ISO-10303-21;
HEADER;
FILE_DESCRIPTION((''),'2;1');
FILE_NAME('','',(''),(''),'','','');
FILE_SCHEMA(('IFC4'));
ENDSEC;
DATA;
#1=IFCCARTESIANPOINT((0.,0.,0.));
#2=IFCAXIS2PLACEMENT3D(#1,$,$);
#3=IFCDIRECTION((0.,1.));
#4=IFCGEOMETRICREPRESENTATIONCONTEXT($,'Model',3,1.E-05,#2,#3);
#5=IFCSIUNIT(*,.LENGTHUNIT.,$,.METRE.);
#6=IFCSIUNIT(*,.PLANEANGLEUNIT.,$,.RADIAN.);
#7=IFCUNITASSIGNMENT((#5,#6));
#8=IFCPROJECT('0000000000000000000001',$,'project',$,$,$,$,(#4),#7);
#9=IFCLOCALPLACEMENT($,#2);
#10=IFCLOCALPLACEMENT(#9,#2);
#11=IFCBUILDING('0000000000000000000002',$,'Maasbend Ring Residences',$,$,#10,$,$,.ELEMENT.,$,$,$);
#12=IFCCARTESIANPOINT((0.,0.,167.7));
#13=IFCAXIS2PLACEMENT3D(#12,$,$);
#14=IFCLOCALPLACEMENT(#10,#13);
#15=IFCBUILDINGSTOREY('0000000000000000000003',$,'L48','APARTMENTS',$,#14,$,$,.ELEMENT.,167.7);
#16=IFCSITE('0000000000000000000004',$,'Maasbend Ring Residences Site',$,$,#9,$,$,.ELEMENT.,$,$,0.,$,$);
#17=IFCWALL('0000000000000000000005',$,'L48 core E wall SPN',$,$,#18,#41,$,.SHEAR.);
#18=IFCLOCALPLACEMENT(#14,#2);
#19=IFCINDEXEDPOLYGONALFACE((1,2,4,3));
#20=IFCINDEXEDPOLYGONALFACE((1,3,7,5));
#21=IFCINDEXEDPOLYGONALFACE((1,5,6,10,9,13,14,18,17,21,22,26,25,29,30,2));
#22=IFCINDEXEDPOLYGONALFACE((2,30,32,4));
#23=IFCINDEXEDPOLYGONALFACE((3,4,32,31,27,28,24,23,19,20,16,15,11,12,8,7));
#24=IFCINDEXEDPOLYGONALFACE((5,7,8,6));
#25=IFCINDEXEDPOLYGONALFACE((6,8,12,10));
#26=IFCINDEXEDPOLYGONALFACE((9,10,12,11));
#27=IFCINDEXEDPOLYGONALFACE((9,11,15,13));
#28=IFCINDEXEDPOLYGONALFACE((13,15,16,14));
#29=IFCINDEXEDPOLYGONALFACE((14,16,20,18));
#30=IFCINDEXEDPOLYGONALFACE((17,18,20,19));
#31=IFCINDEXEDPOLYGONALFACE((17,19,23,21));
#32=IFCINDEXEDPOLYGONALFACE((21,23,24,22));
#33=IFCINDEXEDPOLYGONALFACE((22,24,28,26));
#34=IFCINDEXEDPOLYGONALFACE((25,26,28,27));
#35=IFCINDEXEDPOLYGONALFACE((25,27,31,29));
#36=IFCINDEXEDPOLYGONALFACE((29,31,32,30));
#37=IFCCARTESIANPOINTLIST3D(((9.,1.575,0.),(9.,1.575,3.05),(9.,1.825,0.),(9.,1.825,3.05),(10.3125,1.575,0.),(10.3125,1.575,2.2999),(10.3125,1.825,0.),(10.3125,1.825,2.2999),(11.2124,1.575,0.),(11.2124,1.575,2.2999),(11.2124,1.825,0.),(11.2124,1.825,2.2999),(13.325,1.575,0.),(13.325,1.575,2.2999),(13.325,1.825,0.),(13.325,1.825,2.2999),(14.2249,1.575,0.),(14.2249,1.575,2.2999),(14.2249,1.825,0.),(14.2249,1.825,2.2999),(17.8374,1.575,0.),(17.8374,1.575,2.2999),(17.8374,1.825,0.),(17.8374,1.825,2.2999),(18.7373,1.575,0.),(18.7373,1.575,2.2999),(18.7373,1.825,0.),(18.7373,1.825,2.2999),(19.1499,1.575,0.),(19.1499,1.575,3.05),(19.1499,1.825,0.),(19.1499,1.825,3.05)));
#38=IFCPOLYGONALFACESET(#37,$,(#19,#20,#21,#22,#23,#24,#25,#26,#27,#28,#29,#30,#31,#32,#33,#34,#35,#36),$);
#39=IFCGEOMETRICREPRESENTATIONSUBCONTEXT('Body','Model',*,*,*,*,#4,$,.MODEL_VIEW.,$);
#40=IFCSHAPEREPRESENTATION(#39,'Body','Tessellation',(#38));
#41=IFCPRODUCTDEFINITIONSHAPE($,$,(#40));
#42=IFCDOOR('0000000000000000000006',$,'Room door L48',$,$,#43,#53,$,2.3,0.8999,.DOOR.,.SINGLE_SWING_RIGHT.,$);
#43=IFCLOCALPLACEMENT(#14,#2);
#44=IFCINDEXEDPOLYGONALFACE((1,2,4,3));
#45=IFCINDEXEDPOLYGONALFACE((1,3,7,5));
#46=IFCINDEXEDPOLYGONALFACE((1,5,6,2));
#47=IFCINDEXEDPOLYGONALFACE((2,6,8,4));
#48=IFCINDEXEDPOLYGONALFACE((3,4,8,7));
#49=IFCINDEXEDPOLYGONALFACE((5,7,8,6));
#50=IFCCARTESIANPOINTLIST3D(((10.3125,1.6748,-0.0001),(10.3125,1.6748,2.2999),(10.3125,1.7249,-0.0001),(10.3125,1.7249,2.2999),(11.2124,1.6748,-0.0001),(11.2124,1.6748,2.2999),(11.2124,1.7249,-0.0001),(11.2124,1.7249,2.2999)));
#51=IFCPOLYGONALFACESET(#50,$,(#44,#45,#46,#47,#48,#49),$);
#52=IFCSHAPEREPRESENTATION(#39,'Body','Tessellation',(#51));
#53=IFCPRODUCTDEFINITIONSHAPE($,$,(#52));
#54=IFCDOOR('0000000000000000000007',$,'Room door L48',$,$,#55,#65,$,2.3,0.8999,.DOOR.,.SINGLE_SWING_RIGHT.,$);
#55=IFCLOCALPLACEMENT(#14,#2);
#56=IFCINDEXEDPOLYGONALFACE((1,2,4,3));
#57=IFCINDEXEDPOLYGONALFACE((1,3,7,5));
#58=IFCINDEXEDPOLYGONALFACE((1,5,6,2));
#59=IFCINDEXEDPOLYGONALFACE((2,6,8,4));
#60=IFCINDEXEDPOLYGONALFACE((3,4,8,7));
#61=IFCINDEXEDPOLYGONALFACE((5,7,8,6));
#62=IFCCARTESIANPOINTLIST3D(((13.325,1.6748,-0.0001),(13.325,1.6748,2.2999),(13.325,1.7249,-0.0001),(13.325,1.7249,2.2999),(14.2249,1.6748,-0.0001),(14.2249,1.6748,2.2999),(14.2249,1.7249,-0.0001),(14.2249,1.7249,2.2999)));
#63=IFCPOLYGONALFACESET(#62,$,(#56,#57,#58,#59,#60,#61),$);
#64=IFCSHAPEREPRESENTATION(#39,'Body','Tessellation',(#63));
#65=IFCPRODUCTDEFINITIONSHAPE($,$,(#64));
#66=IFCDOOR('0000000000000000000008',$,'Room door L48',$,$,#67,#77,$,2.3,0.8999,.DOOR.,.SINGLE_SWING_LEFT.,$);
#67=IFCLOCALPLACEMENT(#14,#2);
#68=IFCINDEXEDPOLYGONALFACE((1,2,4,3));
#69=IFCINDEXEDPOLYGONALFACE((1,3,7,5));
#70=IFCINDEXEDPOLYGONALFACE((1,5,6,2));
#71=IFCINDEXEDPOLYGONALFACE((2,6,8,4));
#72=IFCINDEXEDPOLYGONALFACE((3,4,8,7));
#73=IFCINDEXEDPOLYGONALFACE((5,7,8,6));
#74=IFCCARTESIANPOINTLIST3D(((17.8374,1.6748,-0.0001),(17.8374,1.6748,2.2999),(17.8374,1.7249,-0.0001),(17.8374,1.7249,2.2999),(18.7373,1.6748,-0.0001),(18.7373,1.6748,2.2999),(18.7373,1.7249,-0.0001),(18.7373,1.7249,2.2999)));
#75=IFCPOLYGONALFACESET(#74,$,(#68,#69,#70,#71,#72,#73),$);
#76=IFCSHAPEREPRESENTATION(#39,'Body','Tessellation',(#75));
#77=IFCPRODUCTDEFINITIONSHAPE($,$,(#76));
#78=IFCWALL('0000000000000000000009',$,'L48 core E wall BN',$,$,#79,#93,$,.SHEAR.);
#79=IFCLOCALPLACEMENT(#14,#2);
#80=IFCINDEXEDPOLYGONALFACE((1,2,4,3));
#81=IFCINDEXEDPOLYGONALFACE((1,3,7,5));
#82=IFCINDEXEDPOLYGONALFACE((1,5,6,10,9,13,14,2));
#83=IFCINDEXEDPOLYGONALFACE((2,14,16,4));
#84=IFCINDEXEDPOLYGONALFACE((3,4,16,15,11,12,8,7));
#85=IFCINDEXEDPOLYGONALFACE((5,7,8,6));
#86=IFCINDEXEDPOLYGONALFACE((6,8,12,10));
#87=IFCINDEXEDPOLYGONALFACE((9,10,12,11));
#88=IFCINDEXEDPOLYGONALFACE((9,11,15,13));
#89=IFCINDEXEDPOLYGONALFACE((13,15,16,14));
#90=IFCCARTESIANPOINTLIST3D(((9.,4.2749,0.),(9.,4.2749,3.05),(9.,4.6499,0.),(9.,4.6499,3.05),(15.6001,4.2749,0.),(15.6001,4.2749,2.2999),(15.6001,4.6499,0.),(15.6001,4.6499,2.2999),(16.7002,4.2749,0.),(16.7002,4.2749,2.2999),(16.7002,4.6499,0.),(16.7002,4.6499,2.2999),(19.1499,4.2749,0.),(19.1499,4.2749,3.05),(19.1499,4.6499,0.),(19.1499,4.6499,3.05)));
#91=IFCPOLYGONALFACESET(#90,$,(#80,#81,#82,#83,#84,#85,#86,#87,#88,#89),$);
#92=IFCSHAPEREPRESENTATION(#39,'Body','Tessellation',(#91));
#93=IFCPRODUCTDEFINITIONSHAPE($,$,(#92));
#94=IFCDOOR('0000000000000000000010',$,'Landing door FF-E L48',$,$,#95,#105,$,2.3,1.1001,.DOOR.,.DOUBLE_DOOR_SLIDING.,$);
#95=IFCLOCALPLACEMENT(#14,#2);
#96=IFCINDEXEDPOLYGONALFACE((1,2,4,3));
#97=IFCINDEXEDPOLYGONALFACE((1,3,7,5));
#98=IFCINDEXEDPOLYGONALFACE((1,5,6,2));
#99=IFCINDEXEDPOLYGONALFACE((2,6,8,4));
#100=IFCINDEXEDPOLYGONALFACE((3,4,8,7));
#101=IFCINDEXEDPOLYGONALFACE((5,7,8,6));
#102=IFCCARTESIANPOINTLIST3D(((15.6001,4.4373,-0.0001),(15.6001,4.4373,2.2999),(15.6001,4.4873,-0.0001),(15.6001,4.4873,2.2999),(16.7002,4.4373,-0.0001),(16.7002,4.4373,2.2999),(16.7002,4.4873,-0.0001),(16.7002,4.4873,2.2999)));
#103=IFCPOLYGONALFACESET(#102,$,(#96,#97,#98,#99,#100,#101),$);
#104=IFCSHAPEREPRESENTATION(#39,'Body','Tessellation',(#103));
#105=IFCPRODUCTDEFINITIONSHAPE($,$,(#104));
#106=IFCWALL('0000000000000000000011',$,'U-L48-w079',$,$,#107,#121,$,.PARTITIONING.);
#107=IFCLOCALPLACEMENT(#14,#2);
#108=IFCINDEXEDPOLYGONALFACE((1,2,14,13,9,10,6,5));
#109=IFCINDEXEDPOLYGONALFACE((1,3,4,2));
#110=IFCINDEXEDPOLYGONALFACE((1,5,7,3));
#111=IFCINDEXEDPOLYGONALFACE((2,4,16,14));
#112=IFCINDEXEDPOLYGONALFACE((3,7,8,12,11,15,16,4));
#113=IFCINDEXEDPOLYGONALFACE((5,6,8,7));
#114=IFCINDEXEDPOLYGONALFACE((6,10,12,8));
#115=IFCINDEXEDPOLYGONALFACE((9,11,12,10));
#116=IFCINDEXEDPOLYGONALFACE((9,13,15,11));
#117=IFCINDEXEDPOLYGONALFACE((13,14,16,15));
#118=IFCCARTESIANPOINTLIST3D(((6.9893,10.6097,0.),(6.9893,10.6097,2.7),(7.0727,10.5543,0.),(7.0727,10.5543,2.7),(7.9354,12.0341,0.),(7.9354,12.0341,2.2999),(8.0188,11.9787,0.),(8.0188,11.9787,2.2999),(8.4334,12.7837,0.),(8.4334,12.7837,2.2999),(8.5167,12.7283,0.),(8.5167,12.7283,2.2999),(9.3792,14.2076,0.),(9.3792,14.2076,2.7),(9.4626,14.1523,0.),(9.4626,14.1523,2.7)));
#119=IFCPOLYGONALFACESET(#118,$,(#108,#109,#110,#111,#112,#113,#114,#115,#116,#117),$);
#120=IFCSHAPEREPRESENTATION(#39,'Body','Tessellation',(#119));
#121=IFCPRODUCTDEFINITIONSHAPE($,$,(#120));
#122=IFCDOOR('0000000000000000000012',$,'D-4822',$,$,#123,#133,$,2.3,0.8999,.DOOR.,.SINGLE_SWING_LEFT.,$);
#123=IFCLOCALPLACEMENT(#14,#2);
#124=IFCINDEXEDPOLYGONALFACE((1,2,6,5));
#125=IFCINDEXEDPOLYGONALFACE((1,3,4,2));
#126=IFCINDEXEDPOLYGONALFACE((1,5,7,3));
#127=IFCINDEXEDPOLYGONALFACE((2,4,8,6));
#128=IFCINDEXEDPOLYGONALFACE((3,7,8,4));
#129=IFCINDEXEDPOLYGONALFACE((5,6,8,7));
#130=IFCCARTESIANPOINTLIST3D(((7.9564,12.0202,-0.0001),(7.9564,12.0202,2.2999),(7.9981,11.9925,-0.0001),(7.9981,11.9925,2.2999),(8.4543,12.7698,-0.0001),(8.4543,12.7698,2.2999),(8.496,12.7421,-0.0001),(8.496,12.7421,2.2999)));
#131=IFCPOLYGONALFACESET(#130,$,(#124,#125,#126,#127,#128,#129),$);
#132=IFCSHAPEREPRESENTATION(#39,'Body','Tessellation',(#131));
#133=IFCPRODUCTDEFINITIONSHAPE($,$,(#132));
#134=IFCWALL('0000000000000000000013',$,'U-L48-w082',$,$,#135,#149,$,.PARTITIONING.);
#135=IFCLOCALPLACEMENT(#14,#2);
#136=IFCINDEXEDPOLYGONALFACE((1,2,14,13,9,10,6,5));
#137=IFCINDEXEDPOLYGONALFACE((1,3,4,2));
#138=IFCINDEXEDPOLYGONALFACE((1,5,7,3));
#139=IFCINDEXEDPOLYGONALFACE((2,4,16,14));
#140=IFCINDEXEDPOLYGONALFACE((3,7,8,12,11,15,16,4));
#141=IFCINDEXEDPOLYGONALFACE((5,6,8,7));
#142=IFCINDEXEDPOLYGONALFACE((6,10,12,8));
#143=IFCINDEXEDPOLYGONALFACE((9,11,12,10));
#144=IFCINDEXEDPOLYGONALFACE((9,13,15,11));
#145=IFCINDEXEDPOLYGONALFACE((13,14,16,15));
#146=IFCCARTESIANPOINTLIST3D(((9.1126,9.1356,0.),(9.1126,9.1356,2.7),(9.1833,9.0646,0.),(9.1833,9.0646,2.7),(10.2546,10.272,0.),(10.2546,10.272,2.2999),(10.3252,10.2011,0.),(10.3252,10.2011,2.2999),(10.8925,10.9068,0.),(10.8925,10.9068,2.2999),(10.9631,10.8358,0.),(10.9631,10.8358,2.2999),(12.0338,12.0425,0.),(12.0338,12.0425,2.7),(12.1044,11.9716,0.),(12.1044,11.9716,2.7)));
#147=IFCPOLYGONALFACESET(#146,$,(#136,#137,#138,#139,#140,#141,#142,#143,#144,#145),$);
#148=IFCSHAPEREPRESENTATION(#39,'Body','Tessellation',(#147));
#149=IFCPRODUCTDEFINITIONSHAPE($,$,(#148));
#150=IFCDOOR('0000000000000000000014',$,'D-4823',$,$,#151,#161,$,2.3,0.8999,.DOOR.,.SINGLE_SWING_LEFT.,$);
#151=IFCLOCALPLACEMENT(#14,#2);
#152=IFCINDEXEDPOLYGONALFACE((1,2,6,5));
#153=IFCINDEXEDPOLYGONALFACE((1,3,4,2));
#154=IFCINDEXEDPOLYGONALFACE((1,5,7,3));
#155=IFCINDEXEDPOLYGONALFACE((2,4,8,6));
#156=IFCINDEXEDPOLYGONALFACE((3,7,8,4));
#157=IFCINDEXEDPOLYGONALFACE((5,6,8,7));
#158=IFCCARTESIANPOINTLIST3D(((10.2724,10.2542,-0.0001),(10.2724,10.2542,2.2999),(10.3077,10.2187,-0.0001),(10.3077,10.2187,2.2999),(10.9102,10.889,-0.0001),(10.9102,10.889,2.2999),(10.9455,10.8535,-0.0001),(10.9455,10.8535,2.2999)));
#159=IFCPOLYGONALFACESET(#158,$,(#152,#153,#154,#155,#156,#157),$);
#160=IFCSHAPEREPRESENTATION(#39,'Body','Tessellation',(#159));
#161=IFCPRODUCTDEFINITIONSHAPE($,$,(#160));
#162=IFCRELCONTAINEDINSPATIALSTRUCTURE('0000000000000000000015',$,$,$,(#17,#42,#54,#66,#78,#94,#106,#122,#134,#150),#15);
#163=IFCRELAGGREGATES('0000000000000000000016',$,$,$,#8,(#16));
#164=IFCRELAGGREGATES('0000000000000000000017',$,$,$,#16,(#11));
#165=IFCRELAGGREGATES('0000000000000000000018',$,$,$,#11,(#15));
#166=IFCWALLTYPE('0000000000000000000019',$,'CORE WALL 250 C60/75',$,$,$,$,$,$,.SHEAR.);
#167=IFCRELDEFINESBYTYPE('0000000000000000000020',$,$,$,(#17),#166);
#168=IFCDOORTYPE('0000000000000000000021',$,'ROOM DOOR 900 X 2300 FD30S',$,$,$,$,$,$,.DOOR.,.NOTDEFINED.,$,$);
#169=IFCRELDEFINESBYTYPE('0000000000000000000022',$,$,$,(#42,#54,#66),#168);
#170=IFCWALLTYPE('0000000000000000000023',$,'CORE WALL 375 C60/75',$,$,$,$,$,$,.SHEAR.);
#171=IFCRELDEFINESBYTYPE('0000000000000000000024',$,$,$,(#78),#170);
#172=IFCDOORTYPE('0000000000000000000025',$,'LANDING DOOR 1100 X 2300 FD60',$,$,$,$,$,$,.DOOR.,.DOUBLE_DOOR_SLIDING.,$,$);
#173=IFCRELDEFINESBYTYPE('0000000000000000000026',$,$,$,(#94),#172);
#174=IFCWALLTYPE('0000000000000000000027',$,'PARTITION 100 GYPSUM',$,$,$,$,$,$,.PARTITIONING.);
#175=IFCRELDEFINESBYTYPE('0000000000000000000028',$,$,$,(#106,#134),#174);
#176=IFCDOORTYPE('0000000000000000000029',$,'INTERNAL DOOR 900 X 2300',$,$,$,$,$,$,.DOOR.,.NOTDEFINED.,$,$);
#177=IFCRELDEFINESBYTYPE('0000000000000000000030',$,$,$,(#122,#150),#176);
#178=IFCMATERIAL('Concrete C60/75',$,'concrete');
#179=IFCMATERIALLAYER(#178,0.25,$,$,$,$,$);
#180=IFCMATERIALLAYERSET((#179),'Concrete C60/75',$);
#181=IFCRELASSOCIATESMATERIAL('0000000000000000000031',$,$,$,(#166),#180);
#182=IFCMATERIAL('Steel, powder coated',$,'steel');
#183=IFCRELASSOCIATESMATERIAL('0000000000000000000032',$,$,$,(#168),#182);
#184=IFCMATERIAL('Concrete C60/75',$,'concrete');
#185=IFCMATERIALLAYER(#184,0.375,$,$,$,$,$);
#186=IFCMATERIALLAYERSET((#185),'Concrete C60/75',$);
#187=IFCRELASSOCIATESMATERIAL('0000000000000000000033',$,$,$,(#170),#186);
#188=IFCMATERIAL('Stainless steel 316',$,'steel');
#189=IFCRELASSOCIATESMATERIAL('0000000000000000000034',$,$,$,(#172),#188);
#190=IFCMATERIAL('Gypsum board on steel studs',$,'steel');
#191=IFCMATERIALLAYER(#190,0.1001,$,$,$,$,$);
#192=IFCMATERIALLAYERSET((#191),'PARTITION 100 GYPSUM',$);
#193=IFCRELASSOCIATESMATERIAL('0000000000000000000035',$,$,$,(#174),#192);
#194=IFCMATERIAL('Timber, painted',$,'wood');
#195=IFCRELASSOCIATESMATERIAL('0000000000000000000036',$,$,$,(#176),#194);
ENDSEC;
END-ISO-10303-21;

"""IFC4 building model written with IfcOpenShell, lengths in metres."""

from ifc_helpers import new_model, si_unit, direction, frame, frame_2d, origin, place, context, subcontext, project, spatial, rectangle, extrude, material, layer, layer_set, type_object, element, fill, save


model = new_model("IFC4")

# Units and contexts
model_context = context("Model", 3, precision=1e-05, world=origin(), true_north=direction((0.0, 1.0)))
body_context = subcontext(model_context, "Body", "Model", "MODEL_VIEW")
ifc_project = project(units=[si_unit("LENGTHUNIT", "METRE"), si_unit("PLANEANGLEUNIT", "RADIAN")], contexts=[model_context])

# Site, building, storey
site_placement = place(None, origin())
site = spatial("IfcSite", under=ifc_project, at=site_placement, Name="Maasbend Ring Residences Site", CompositionType="ELEMENT", RefElevation=0.0)
building_placement = place(site_placement, origin())
building = spatial("IfcBuilding", under=site, at=building_placement, Name="Maasbend Ring Residences", CompositionType="ELEMENT")
storey_placement = place(building_placement, frame((0.0, 0.0, 167.7)))
storey = spatial("IfcBuildingStorey", under=building, at=storey_placement, Name="L48", Description="APARTMENTS", CompositionType="ELEMENT", Elevation=167.7)

# Wall, openings, doors
ifc_material_1 = material(Name="Concrete C60/75", Category="concrete")
ifc_layer_1 = layer(ifc_material_1, 0.25)
ifc_layer_set_1 = layer_set([ifc_layer_1], Name="Concrete C60/75")
wall_type_1 = type_object("IfcWallType", Name="CORE WALL 250 C60/75", PredefinedType="SHEAR", material=ifc_layer_set_1)
wall_1_placement = place(storey_placement, frame((9.0, 1.7, 0.0), z_axis=(0.0, 0.0, 1.0), x_axis=(1.0, 0.0, 0.0)))
wall_1 = element("IfcWall", 1, at=wall_1_placement, inside=storey, type_object=wall_type_1, Name="L48 core E wall SPN", PredefinedType="SHEAR", context=body_context, shape_type="SweptSolid", body=[
    extrude(rectangle(XDim=10.1499, YDim=0.25, at=frame_2d((5.075, 0.0))), origin(), (0.0, 0.0, 1.0), 3.05),
])
opening_1_placement = place(wall_1_placement, frame((1.3125, 0.0, 0.0)))
opening_1 = element("IfcOpeningElement", 2, at=opening_1_placement, cuts=wall_1, PredefinedType="OPENING", context=body_context, shape_type="SweptSolid", body=[
    extrude(rectangle(XDim=0.8999, YDim=2.3, at=frame_2d((0.45, 1.1499))), frame((0.0, 0.135, 0.0), z_axis=(0.0, -1.0, 0.0), x_axis=(1.0, 0.0, 0.0)), (0.0, 0.0, 1.0), 0.27),
])
opening_2_placement = place(wall_1_placement, frame((4.325, 0.0, 0.0)))
opening_2 = element("IfcOpeningElement", 3, at=opening_2_placement, cuts=wall_1, PredefinedType="OPENING", context=body_context, shape_type="SweptSolid", body=[
    extrude(rectangle(XDim=0.8999, YDim=2.3, at=frame_2d((0.45, 1.1499))), frame((0.0, 0.135, 0.0), z_axis=(0.0, -1.0, 0.0), x_axis=(1.0, 0.0, 0.0)), (0.0, 0.0, 1.0), 0.27),
])
opening_3_placement = place(wall_1_placement, frame((8.8374, 0.0, 0.0)))
opening_3 = element("IfcOpeningElement", 4, at=opening_3_placement, cuts=wall_1, PredefinedType="OPENING", context=body_context, shape_type="SweptSolid", body=[
    extrude(rectangle(XDim=0.8999, YDim=2.3, at=frame_2d((0.45, 1.1499))), frame((0.0, 0.135, 0.0), z_axis=(0.0, -1.0, 0.0), x_axis=(1.0, 0.0, 0.0)), (0.0, 0.0, 1.0), 0.27),
])
ifc_material_2 = material(Name="Steel, powder coated", Category="steel")
door_type_1 = type_object("IfcDoorType", Name="ROOM DOOR 900 X 2300 FD30S", OperationType="NOTDEFINED", PredefinedType="DOOR", material=ifc_material_2)
door_1_placement = place(opening_1_placement, origin())
door_1 = element("IfcDoor", 5, at=door_1_placement, inside=storey, type_object=door_type_1, Name="Room door L48", OperationType="SINGLE_SWING_RIGHT", OverallHeight=2.3, OverallWidth=0.8999, PredefinedType="DOOR", context=body_context, shape_type="SweptSolid", body=[
    extrude(rectangle(XDim=0.8999, YDim=2.3, at=frame_2d((0.45, 1.1499))), frame((0.0, 0.0249, 0.0), z_axis=(0.0, -1.0, 0.0), x_axis=(1.0, 0.0, 0.0)), (0.0, 0.0, 1.0), 0.05),
])
fill(opening_1, door_1)
door_2_placement = place(opening_2_placement, origin())
door_2 = element("IfcDoor", 6, at=door_2_placement, inside=storey, type_object=door_type_1, Name="Room door L48", OperationType="SINGLE_SWING_RIGHT", OverallHeight=2.3, OverallWidth=0.8999, PredefinedType="DOOR", context=body_context, shape_type="SweptSolid", body=[
    extrude(rectangle(XDim=0.8999, YDim=2.3, at=frame_2d((0.45, 1.1499))), frame((0.0, 0.0249, 0.0), z_axis=(0.0, -1.0, 0.0), x_axis=(1.0, 0.0, 0.0)), (0.0, 0.0, 1.0), 0.05),
])
fill(opening_2, door_2)
door_3_placement = place(opening_3_placement, origin())
door_3 = element("IfcDoor", 7, at=door_3_placement, inside=storey, type_object=door_type_1, Name="Room door L48", OperationType="SINGLE_SWING_LEFT", OverallHeight=2.3, OverallWidth=0.8999, PredefinedType="DOOR", context=body_context, shape_type="SweptSolid", body=[
    extrude(rectangle(XDim=0.8999, YDim=2.3, at=frame_2d((0.45, 1.1499))), frame((0.0, 0.0249, 0.0), z_axis=(0.0, -1.0, 0.0), x_axis=(1.0, 0.0, 0.0)), (0.0, 0.0, 1.0), 0.05),
])
fill(opening_3, door_3)

# Walls, openings, doors
ifc_material_3 = material(Name="Concrete C60/75", Category="concrete")
ifc_layer_2 = layer(ifc_material_3, 0.375)
ifc_layer_set_2 = layer_set([ifc_layer_2], Name="Concrete C60/75")
wall_type_2 = type_object("IfcWallType", Name="CORE WALL 375 C60/75", PredefinedType="SHEAR", material=ifc_layer_set_2)
wall_2_placement = place(storey_placement, frame((9.0, 4.4624, 0.0), z_axis=(0.0, 0.0, 1.0), x_axis=(1.0, 0.0, 0.0)))
wall_2 = element("IfcWall", 8, at=wall_2_placement, inside=storey, type_object=wall_type_2, Name="L48 core E wall BN", PredefinedType="SHEAR", context=body_context, shape_type="SweptSolid", body=[
    extrude(rectangle(XDim=10.1499, YDim=0.375, at=frame_2d((5.075, 0.0))), origin(), (0.0, 0.0, 1.0), 3.05),
])
opening_4_placement = place(wall_2_placement, frame((6.6001, 0.0, 0.0)))
opening_4 = element("IfcOpeningElement", 9, at=opening_4_placement, cuts=wall_2, PredefinedType="OPENING", context=body_context, shape_type="SweptSolid", body=[
    extrude(rectangle(XDim=1.1001, YDim=2.3, at=frame_2d((0.55, 1.1499))), frame((0.0, 0.1975, 0.0), z_axis=(0.0, -1.0, 0.0), x_axis=(1.0, 0.0, 0.0)), (0.0, 0.0, 1.0), 0.395),
])
ifc_material_4 = material(Name="Stainless steel 316", Category="steel")
door_type_2 = type_object("IfcDoorType", Name="LANDING DOOR 1100 X 2300 FD60", OperationType="DOUBLE_DOOR_SLIDING", PredefinedType="DOOR", material=ifc_material_4)
door_4_placement = place(opening_4_placement, origin())
door_4 = element("IfcDoor", 10, at=door_4_placement, inside=storey, type_object=door_type_2, Name="Landing door FF-E L48", OperationType="DOUBLE_DOOR_SLIDING", OverallHeight=2.3, OverallWidth=1.1001, PredefinedType="DOOR", context=body_context, shape_type="SweptSolid", body=[
    extrude(rectangle(XDim=1.1001, YDim=2.3, at=frame_2d((0.55, 1.1499))), frame((0.0, 0.0249, 0.0), z_axis=(0.0, -1.0, 0.0), x_axis=(1.0, 0.0, 0.0)), (0.0, 0.0, 1.0), 0.05),
])
fill(opening_4, door_4)
ifc_material_5 = material(Name="Gypsum board on steel studs", Category="steel")
ifc_layer_3 = layer(ifc_material_5, 0.1001)
ifc_layer_set_3 = layer_set([ifc_layer_3], Name="PARTITION 100 GYPSUM")
wall_type_3 = type_object("IfcWallType", Name="PARTITION 100 GYPSUM", PredefinedType="PARTITIONING", material=ifc_layer_set_3)
wall_3_placement = place(storey_placement, frame((7.031, 10.582, 0.0), z_axis=(0.0, 0.0, 1.0), x_axis=(0.553304, 0.83298, 0.0)))
wall_3 = element("IfcWall", 11, at=wall_3_placement, inside=storey, type_object=wall_type_3, Name="U-L48-w079", PredefinedType="PARTITIONING", context=body_context, shape_type="SweptSolid", body=[
    extrude(rectangle(XDim=4.3193, YDim=0.1001, at=frame_2d((2.1597, 0.0))), origin(), (0.0, 0.0, 1.0), 2.7),
])
opening_5_placement = place(wall_3_placement, frame((1.71, 0.0, 0.0)))
opening_5 = element("IfcOpeningElement", 12, at=opening_5_placement, cuts=wall_3, PredefinedType="OPENING", context=body_context, shape_type="SweptSolid", body=[
    extrude(rectangle(XDim=0.8999, YDim=2.3, at=frame_2d((0.45, 1.1499))), frame((0.0, 0.0601, 0.0), z_axis=(0.0, -1.0, 0.0), x_axis=(1.0, 0.0, 0.0)), (0.0, 0.0, 1.0), 0.1201),
])
ifc_material_6 = material(Name="Timber, painted", Category="wood")
door_type_3 = type_object("IfcDoorType", Name="INTERNAL DOOR 900 X 2300", OperationType="NOTDEFINED", PredefinedType="DOOR", material=ifc_material_6)
door_5_placement = place(opening_5_placement, origin())
door_5 = element("IfcDoor", 13, at=door_5_placement, inside=storey, type_object=door_type_3, Name="D-4822", OperationType="SINGLE_SWING_LEFT", OverallHeight=2.3, OverallWidth=0.8999, PredefinedType="DOOR", context=body_context, shape_type="SweptSolid", body=[
    extrude(rectangle(XDim=0.8999, YDim=2.3, at=frame_2d((0.45, 1.1499))), frame((0.0, 0.0249, 0.0), z_axis=(0.0, -1.0, 0.0), x_axis=(1.0, 0.0, 0.0)), (0.0, 0.0, 1.0), 0.05),
])
fill(opening_5, door_5)
wall_4_placement = place(storey_placement, frame((9.1479, 9.1001, 0.0), z_axis=(0.0, 0.0, 1.0), x_axis=(0.708823, 0.705387, 0.0)))
wall_4 = element("IfcWall", 14, at=wall_4_placement, inside=storey, type_object=wall_type_3, Name="U-L48-w082", PredefinedType="PARTITIONING", context=body_context, shape_type="SweptSolid", body=[
    extrude(rectangle(XDim=4.1211, YDim=0.1001, at=frame_2d((2.0605, 0.0))), origin(), (0.0, 0.0, 1.0), 2.7),
])
opening_6_placement = place(wall_4_placement, frame((1.6111, 0.0, 0.0)))
opening_6 = element("IfcOpeningElement", 15, at=opening_6_placement, cuts=wall_4, PredefinedType="OPENING", context=body_context, shape_type="SweptSolid", body=[
    extrude(rectangle(XDim=0.8999, YDim=2.3, at=frame_2d((0.45, 1.1499))), frame((0.0, 0.0601, 0.0), z_axis=(0.0, -1.0, 0.0), x_axis=(1.0, 0.0, 0.0)), (0.0, 0.0, 1.0), 0.1201),
])
door_6_placement = place(opening_6_placement, origin())
door_6 = element("IfcDoor", 16, at=door_6_placement, inside=storey, type_object=door_type_3, Name="D-4823", OperationType="SINGLE_SWING_LEFT", OverallHeight=2.3, OverallWidth=0.8999, PredefinedType="DOOR", context=body_context, shape_type="SweptSolid", body=[
    extrude(rectangle(XDim=0.8999, YDim=2.3, at=frame_2d((0.45, 1.1499))), frame((0.0, 0.0249, 0.0), z_axis=(0.0, -1.0, 0.0), x_axis=(1.0, 0.0, 0.0)), (0.0, 0.0, 1.0), 0.05),
])
fill(opening_6, door_6)

save(model, "model.ifc")
